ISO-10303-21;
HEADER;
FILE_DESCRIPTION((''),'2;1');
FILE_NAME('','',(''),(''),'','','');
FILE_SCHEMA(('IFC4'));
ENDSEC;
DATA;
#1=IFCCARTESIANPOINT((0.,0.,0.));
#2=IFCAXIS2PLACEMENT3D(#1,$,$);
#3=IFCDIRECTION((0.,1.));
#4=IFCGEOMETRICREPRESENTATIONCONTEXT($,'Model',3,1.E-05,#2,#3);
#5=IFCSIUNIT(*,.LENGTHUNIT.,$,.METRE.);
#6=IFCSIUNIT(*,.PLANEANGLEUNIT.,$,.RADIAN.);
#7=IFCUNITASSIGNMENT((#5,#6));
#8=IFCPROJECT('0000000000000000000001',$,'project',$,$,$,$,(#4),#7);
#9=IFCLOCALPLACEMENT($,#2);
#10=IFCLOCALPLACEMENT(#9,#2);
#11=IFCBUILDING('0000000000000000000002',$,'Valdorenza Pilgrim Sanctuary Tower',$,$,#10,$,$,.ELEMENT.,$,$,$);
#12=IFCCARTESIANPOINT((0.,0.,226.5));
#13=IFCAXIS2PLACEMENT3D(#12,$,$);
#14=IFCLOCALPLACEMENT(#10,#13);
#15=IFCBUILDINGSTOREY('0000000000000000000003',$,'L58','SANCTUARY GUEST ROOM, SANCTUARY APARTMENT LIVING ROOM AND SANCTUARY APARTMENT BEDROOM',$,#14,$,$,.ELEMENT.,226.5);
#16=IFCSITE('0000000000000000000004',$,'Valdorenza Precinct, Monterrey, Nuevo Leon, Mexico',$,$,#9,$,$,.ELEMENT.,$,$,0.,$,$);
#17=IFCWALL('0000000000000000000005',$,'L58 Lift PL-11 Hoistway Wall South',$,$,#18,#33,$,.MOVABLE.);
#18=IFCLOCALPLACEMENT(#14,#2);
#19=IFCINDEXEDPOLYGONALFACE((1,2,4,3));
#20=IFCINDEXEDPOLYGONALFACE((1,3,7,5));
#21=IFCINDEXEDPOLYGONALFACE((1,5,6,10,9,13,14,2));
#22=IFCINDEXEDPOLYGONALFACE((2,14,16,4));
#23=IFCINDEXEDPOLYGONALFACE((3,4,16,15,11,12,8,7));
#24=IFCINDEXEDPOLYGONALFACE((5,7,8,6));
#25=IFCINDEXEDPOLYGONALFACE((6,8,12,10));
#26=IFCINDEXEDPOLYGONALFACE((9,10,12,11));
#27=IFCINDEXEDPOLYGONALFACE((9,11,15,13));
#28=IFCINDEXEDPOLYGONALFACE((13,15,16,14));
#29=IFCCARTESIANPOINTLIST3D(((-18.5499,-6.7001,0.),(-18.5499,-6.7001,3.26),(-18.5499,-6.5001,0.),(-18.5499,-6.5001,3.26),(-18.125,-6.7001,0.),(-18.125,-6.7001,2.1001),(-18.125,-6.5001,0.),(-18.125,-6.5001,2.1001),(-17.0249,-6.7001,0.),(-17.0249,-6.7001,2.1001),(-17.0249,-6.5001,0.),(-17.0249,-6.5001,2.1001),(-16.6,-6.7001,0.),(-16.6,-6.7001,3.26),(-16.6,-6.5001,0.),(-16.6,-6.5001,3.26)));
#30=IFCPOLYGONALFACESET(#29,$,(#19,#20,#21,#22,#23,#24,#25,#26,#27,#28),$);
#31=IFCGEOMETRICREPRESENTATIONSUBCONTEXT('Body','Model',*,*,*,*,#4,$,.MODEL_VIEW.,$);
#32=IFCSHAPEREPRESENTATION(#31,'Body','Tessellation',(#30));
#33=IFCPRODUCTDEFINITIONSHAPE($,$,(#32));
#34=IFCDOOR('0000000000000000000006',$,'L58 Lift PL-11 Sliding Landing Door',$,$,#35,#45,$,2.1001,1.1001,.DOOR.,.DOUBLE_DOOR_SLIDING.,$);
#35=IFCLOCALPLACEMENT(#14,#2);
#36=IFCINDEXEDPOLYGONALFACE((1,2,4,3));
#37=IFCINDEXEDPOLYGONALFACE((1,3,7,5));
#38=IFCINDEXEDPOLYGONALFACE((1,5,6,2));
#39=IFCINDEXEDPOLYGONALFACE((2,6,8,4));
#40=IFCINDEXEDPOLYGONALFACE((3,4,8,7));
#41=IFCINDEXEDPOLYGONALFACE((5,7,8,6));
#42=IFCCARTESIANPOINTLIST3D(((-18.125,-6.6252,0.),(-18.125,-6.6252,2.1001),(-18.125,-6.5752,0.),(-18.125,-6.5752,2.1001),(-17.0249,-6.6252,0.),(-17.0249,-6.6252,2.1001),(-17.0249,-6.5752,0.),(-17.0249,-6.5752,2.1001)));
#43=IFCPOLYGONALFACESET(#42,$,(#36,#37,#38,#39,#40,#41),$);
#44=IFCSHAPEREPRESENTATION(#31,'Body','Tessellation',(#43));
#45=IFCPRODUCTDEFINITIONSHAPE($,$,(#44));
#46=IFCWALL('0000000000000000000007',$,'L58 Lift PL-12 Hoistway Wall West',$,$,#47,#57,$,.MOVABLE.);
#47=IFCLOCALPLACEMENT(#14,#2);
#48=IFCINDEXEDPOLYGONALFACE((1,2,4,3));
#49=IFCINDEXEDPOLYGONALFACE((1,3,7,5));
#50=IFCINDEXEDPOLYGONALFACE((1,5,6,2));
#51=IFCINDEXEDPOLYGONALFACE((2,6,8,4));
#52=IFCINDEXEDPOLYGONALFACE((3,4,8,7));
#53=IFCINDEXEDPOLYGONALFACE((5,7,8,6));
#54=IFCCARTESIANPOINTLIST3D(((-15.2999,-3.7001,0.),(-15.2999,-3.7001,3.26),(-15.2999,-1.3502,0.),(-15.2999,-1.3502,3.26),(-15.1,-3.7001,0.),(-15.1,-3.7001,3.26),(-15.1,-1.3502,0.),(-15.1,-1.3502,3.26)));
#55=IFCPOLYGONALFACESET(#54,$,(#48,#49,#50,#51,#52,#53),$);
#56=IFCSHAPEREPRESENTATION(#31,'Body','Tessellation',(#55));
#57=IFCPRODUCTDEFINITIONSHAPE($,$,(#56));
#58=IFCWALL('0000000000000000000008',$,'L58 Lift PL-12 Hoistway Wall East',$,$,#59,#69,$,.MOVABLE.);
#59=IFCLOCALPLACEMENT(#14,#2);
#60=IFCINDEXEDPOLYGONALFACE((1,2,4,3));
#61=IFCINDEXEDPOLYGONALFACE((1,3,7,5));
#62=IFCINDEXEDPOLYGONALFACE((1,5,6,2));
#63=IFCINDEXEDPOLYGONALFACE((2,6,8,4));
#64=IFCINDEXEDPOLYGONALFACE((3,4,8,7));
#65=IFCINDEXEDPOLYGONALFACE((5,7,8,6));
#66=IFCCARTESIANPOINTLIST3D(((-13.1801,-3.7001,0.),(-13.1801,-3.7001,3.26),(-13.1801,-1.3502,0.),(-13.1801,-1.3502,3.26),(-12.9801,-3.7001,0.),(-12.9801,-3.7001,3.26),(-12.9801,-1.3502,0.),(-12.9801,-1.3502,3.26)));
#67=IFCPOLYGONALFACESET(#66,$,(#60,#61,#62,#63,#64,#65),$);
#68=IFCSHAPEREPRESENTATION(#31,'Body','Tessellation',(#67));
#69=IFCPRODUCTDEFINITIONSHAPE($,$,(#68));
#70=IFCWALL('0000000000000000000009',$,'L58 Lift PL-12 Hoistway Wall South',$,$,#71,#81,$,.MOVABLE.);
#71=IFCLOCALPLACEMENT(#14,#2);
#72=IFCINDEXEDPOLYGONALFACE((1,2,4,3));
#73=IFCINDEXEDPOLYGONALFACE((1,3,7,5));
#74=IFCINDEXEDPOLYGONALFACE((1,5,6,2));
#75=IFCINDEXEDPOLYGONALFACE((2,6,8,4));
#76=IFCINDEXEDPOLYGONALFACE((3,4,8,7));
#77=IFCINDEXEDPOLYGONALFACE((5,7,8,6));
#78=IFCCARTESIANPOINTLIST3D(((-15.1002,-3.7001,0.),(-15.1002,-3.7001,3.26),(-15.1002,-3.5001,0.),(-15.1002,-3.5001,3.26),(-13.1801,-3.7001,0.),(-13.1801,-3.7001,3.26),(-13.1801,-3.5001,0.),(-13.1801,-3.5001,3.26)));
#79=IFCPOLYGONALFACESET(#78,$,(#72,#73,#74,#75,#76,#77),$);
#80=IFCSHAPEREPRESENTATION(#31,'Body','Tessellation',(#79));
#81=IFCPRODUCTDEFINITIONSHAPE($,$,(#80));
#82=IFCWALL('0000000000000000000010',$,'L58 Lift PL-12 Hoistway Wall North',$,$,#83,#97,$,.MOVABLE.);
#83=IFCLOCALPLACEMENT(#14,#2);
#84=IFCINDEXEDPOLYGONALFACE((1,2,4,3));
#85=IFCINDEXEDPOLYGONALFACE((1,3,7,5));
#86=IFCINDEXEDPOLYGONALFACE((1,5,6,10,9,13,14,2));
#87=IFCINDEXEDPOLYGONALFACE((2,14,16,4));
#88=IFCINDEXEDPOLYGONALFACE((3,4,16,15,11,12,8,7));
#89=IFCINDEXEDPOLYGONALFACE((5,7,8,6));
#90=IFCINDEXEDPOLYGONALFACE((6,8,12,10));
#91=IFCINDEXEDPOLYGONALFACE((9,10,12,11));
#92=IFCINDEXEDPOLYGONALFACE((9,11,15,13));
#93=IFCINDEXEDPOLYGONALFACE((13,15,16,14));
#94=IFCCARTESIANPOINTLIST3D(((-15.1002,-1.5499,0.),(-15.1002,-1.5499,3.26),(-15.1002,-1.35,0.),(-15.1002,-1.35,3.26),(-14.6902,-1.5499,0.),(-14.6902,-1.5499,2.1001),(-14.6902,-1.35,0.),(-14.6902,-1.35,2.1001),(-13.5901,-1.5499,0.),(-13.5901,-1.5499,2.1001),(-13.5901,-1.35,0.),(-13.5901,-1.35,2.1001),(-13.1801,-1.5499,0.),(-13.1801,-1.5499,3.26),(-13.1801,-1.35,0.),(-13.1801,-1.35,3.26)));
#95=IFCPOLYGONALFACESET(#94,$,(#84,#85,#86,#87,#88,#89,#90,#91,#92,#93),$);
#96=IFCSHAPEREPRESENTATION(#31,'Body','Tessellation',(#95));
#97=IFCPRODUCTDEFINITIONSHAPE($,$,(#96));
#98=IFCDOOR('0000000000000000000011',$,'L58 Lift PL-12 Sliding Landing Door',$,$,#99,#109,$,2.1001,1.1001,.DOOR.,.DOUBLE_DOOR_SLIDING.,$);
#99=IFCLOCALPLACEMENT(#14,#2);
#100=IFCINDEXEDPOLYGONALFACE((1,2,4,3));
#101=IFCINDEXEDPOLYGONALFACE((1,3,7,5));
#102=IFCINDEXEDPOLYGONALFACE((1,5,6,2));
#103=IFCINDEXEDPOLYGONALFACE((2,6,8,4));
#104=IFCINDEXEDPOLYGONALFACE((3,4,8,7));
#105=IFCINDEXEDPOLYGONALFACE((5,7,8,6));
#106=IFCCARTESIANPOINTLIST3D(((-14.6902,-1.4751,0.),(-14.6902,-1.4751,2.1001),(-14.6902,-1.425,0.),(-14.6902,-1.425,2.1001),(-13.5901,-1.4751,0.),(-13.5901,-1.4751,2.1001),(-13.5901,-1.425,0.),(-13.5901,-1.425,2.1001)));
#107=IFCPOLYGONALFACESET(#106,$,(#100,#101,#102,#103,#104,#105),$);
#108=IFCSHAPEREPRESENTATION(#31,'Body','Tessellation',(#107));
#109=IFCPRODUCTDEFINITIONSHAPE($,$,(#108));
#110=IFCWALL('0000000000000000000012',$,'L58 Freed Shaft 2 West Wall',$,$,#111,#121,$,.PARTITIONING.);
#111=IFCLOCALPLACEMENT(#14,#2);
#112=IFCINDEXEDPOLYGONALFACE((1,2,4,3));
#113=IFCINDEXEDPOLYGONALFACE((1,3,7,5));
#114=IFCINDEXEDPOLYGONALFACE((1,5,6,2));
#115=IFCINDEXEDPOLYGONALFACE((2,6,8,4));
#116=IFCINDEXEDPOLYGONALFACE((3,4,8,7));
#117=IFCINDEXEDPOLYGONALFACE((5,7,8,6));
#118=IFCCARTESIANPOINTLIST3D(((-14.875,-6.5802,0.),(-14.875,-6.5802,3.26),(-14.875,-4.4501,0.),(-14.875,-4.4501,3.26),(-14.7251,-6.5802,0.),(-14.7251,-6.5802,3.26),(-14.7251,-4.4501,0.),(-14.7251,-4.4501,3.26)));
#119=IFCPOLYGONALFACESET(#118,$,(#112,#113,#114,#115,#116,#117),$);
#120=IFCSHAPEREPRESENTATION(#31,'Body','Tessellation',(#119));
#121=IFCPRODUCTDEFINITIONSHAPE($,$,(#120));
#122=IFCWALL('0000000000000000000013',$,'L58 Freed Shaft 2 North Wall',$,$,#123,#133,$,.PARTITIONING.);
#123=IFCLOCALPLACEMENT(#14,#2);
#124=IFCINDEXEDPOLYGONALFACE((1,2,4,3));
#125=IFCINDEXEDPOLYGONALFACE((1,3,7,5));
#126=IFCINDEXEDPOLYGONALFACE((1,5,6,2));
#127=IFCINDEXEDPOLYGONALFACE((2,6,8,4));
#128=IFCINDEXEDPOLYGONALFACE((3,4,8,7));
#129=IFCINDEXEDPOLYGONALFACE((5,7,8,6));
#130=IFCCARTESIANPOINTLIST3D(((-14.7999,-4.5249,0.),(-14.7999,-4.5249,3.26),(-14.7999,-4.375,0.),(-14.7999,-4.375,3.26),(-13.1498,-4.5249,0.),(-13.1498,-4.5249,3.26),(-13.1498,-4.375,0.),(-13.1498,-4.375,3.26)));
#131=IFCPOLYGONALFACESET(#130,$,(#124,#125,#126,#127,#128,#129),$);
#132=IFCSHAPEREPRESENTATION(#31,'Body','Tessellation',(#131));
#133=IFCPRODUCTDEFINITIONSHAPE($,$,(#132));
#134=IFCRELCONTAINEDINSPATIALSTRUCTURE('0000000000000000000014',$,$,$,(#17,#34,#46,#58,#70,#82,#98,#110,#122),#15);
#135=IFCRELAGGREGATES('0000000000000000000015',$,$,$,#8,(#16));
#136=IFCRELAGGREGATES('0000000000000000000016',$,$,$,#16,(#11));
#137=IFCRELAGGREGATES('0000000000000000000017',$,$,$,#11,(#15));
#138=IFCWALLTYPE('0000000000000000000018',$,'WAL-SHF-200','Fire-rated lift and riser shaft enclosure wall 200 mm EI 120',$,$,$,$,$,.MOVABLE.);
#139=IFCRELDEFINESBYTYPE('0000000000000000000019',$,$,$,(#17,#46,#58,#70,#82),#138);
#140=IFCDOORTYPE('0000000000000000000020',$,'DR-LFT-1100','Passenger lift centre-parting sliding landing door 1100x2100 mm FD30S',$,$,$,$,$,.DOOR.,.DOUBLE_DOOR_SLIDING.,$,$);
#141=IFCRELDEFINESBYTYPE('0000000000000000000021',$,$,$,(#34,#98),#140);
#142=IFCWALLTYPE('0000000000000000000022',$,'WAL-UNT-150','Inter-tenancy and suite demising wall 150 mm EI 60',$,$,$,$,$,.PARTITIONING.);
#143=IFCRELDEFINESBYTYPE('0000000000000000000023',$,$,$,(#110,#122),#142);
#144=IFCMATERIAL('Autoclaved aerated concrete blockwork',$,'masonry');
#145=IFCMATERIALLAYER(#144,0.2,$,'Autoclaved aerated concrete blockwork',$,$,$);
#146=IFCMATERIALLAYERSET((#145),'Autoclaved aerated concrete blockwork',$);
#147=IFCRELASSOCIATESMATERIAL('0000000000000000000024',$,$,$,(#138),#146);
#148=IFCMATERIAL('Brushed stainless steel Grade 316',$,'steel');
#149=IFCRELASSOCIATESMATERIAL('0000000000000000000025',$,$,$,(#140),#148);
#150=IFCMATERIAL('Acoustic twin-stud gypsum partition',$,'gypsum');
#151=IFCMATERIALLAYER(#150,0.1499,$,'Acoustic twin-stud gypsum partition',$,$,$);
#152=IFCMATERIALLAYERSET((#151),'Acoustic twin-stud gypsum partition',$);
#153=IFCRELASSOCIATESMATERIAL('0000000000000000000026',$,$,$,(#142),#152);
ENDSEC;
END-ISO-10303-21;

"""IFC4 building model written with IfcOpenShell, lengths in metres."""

from ifc_helpers import new_model, si_unit, direction, frame, frame_2d, origin, place, context, subcontext, project, spatial, rectangle, extrude, material, layer, layer_set, type_object, element, fill, save


model = new_model("IFC4")

# Units and contexts
model_context = context("Model", 3, precision=1e-05, world=origin(), true_north=direction((0.0, 1.0)))
body_context = subcontext(model_context, "Body", "Model", "MODEL_VIEW")
ifc_project = project(units=[si_unit("LENGTHUNIT", "METRE"), si_unit("PLANEANGLEUNIT", "RADIAN")], contexts=[model_context])

# Site, building, storey
site_placement = place(None, origin())
site = spatial("IfcSite", under=ifc_project, at=site_placement, Name="Valdorenza Precinct, Monterrey, Nuevo Leon, Mexico", CompositionType="ELEMENT", RefElevation=0.0)
building_placement = place(site_placement, origin())
building = spatial("IfcBuilding", under=site, at=building_placement, Name="Valdorenza Pilgrim Sanctuary Tower", CompositionType="ELEMENT")
storey_placement = place(building_placement, frame((0.0, 0.0, 226.5)))
storey = spatial("IfcBuildingStorey", under=building, at=storey_placement, Name="L58", Description="SANCTUARY GUEST ROOM, SANCTUARY APARTMENT LIVING ROOM AND SANCTUARY APARTMENT BEDROOM", CompositionType="ELEMENT", Elevation=226.5)

# Shared definitions
ifc_material_1 = material(Name="Acoustic twin-stud gypsum partition", Category="gypsum")

# Shared definitions
ifc_material_2 = material(Name="Autoclaved aerated concrete blockwork", Category="masonry")
ifc_layer_1 = layer(ifc_material_2, 0.2, Name="Autoclaved aerated concrete blockwork")
ifc_layer_set_1 = layer_set([ifc_layer_1], Name="Autoclaved aerated concrete blockwork")
wall_type_1 = type_object("IfcWallType", Name="WAL-SHF-200", Description="Fire-rated lift and riser shaft enclosure wall 200 mm EI 120", PredefinedType="MOVABLE", material=ifc_layer_set_1)

# Wall, opening, door
wall_1_placement = place(storey_placement, frame((-18.55, -6.6001, 0.0), z_axis=(0.0, 0.0, 1.0), x_axis=(1.0, 0.0, 0.0)))
wall_1 = element("IfcWall", 1, at=wall_1_placement, inside=storey, type_object=wall_type_1, Name="L58 Lift PL-11 Hoistway Wall South", PredefinedType="MOVABLE", context=body_context, shape_type="SweptSolid", body=[
    extrude(rectangle(XDim=1.95, YDim=0.2, at=frame_2d((0.9751, 0.0))), origin(), (0.0, 0.0, 1.0), 3.26),
])
opening_1_placement = place(wall_1_placement, frame((0.425, 0.0, 0.0)))
opening_1 = element("IfcOpeningElement", 2, at=opening_1_placement, cuts=wall_1, PredefinedType="OPENING", context=body_context, shape_type="SweptSolid", body=[
    extrude(rectangle(XDim=1.1001, YDim=2.1001, at=frame_2d((0.55, 1.05))), frame((0.0, 0.1147, 0.0), z_axis=(0.0, -1.0, 0.0), x_axis=(1.0, 0.0, 0.0)), (0.0, 0.0, 1.0), 0.2297),
])
ifc_material_3 = material(Name="Brushed stainless steel Grade 316", Category="steel")
door_type_1 = type_object("IfcDoorType", Name="DR-LFT-1100", Description="Passenger lift centre-parting sliding landing door 1100x2100 mm FD30S", OperationType="DOUBLE_DOOR_SLIDING", PredefinedType="DOOR", material=ifc_material_3)
door_1_placement = place(opening_1_placement, origin())
door_1 = element("IfcDoor", 3, at=door_1_placement, inside=storey, type_object=door_type_1, Name="L58 Lift PL-11 Sliding Landing Door", OperationType="DOUBLE_DOOR_SLIDING", OverallHeight=2.1001, OverallWidth=1.1001, PredefinedType="DOOR", context=body_context, shape_type="SweptSolid", body=[
    extrude(rectangle(XDim=1.1001, YDim=2.1001, at=frame_2d((0.55, 1.05))), frame((0.0, 0.0249, 0.0), z_axis=(0.0, -1.0, 0.0), x_axis=(1.0, 0.0, 0.0)), (0.0, 0.0, 1.0), 0.05),
])
fill(opening_1, door_1)

# Walls
for number, where, z_axis, x_axis, name in (
    (4, (-15.2, -3.7, 0.0), (0.0, 0.0, 1.0), (0.0, 1.0, 0.0), "L58 Lift PL-12 Hoistway Wall West"),
    (5, (-13.0801, -3.7, 0.0), (0.0, 0.0, 1.0), (0.0, 1.0, 0.0), "L58 Lift PL-12 Hoistway Wall East"),
):
    element("IfcWall", number, at=place(storey_placement, frame(where, z_axis=z_axis, x_axis=x_axis)), inside=storey, type_object=wall_type_1, Name=name, PredefinedType="MOVABLE", context=body_context, shape_type="SweptSolid", body=[
        extrude(rectangle(XDim=2.3499, YDim=0.2, at=frame_2d((1.1748, 0.0))), origin(), (0.0, 0.0, 1.0), 3.26),
    ])
wall_2_placement = place(storey_placement, frame((-15.1001, -3.6001, 0.0), z_axis=(0.0, 0.0, 1.0), x_axis=(1.0, 0.0, 0.0)))
element("IfcWall", 6, at=wall_2_placement, inside=storey, type_object=wall_type_1, Name="L58 Lift PL-12 Hoistway Wall South", PredefinedType="MOVABLE", context=body_context, shape_type="SweptSolid", body=[
    extrude(rectangle(XDim=1.9202, YDim=0.2, at=frame_2d((0.96, 0.0))), origin(), (0.0, 0.0, 1.0), 3.26),
])

# Wall, opening, door
wall_3_placement = place(storey_placement, frame((-15.1001, -1.45, 0.0), z_axis=(0.0, 0.0, 1.0), x_axis=(1.0, 0.0, 0.0)))
wall_3 = element("IfcWall", 7, at=wall_3_placement, inside=storey, type_object=wall_type_1, Name="L58 Lift PL-12 Hoistway Wall North", PredefinedType="MOVABLE", context=body_context, shape_type="SweptSolid", body=[
    extrude(rectangle(XDim=1.9202, YDim=0.2, at=frame_2d((0.96, 0.0))), origin(), (0.0, 0.0, 1.0), 3.26),
])
opening_2_placement = place(wall_3_placement, frame((0.4099, 0.0, 0.0)))
opening_2 = element("IfcOpeningElement", 8, at=opening_2_placement, cuts=wall_3, PredefinedType="OPENING", context=body_context, shape_type="SweptSolid", body=[
    extrude(rectangle(XDim=1.1001, YDim=2.1001, at=frame_2d((0.55, 1.05))), frame((0.0, 0.1147, 0.0), z_axis=(0.0, -1.0, 0.0), x_axis=(1.0, 0.0, 0.0)), (0.0, 0.0, 1.0), 0.2297),
])
door_2_placement = place(opening_2_placement, origin())
door_2 = element("IfcDoor", 9, at=door_2_placement, inside=storey, type_object=door_type_1, Name="L58 Lift PL-12 Sliding Landing Door", OperationType="DOUBLE_DOOR_SLIDING", OverallHeight=2.1001, OverallWidth=1.1001, PredefinedType="DOOR", context=body_context, shape_type="SweptSolid", body=[
    extrude(rectangle(XDim=1.1001, YDim=2.1001, at=frame_2d((0.55, 1.05))), frame((0.0, 0.0249, 0.0), z_axis=(0.0, -1.0, 0.0), x_axis=(1.0, 0.0, 0.0)), (0.0, 0.0, 1.0), 0.05),
])
fill(opening_2, door_2)

# Walls
ifc_layer_2 = layer(ifc_material_1, 0.1499, Name="Acoustic twin-stud gypsum partition")
ifc_layer_set_2 = layer_set([ifc_layer_2], Name="Acoustic twin-stud gypsum partition")
wall_type_2 = type_object("IfcWallType", Name="WAL-UNT-150", Description="Inter-tenancy and suite demising wall 150 mm EI 60", PredefinedType="PARTITIONING", material=ifc_layer_set_2)
wall_4_placement = place(storey_placement, frame((-14.8, -6.5801, 0.0), z_axis=(0.0, 0.0, 1.0), x_axis=(0.0, 1.0, 0.0)))
element("IfcWall", 10, at=wall_4_placement, inside=storey, type_object=wall_type_2, Name="L58 Freed Shaft 2 West Wall", PredefinedType="PARTITIONING", context=body_context, shape_type="SweptSolid", body=[
    extrude(rectangle(XDim=2.1301, YDim=0.1499, at=frame_2d((1.0649, 0.0))), origin(), (0.0, 0.0, 1.0), 3.26),
])
wall_5_placement = place(storey_placement, frame((-14.8, -4.45, 0.0), z_axis=(0.0, 0.0, 1.0), x_axis=(1.0, 0.0, 0.0)))
element("IfcWall", 11, at=wall_5_placement, inside=storey, type_object=wall_type_2, Name="L58 Freed Shaft 2 North Wall", PredefinedType="PARTITIONING", context=body_context, shape_type="SweptSolid", body=[
    extrude(rectangle(XDim=1.6501, YDim=0.1499, at=frame_2d((0.8252, 0.0))), origin(), (0.0, 0.0, 1.0), 3.26),
])

save(model, "model.ifc")
